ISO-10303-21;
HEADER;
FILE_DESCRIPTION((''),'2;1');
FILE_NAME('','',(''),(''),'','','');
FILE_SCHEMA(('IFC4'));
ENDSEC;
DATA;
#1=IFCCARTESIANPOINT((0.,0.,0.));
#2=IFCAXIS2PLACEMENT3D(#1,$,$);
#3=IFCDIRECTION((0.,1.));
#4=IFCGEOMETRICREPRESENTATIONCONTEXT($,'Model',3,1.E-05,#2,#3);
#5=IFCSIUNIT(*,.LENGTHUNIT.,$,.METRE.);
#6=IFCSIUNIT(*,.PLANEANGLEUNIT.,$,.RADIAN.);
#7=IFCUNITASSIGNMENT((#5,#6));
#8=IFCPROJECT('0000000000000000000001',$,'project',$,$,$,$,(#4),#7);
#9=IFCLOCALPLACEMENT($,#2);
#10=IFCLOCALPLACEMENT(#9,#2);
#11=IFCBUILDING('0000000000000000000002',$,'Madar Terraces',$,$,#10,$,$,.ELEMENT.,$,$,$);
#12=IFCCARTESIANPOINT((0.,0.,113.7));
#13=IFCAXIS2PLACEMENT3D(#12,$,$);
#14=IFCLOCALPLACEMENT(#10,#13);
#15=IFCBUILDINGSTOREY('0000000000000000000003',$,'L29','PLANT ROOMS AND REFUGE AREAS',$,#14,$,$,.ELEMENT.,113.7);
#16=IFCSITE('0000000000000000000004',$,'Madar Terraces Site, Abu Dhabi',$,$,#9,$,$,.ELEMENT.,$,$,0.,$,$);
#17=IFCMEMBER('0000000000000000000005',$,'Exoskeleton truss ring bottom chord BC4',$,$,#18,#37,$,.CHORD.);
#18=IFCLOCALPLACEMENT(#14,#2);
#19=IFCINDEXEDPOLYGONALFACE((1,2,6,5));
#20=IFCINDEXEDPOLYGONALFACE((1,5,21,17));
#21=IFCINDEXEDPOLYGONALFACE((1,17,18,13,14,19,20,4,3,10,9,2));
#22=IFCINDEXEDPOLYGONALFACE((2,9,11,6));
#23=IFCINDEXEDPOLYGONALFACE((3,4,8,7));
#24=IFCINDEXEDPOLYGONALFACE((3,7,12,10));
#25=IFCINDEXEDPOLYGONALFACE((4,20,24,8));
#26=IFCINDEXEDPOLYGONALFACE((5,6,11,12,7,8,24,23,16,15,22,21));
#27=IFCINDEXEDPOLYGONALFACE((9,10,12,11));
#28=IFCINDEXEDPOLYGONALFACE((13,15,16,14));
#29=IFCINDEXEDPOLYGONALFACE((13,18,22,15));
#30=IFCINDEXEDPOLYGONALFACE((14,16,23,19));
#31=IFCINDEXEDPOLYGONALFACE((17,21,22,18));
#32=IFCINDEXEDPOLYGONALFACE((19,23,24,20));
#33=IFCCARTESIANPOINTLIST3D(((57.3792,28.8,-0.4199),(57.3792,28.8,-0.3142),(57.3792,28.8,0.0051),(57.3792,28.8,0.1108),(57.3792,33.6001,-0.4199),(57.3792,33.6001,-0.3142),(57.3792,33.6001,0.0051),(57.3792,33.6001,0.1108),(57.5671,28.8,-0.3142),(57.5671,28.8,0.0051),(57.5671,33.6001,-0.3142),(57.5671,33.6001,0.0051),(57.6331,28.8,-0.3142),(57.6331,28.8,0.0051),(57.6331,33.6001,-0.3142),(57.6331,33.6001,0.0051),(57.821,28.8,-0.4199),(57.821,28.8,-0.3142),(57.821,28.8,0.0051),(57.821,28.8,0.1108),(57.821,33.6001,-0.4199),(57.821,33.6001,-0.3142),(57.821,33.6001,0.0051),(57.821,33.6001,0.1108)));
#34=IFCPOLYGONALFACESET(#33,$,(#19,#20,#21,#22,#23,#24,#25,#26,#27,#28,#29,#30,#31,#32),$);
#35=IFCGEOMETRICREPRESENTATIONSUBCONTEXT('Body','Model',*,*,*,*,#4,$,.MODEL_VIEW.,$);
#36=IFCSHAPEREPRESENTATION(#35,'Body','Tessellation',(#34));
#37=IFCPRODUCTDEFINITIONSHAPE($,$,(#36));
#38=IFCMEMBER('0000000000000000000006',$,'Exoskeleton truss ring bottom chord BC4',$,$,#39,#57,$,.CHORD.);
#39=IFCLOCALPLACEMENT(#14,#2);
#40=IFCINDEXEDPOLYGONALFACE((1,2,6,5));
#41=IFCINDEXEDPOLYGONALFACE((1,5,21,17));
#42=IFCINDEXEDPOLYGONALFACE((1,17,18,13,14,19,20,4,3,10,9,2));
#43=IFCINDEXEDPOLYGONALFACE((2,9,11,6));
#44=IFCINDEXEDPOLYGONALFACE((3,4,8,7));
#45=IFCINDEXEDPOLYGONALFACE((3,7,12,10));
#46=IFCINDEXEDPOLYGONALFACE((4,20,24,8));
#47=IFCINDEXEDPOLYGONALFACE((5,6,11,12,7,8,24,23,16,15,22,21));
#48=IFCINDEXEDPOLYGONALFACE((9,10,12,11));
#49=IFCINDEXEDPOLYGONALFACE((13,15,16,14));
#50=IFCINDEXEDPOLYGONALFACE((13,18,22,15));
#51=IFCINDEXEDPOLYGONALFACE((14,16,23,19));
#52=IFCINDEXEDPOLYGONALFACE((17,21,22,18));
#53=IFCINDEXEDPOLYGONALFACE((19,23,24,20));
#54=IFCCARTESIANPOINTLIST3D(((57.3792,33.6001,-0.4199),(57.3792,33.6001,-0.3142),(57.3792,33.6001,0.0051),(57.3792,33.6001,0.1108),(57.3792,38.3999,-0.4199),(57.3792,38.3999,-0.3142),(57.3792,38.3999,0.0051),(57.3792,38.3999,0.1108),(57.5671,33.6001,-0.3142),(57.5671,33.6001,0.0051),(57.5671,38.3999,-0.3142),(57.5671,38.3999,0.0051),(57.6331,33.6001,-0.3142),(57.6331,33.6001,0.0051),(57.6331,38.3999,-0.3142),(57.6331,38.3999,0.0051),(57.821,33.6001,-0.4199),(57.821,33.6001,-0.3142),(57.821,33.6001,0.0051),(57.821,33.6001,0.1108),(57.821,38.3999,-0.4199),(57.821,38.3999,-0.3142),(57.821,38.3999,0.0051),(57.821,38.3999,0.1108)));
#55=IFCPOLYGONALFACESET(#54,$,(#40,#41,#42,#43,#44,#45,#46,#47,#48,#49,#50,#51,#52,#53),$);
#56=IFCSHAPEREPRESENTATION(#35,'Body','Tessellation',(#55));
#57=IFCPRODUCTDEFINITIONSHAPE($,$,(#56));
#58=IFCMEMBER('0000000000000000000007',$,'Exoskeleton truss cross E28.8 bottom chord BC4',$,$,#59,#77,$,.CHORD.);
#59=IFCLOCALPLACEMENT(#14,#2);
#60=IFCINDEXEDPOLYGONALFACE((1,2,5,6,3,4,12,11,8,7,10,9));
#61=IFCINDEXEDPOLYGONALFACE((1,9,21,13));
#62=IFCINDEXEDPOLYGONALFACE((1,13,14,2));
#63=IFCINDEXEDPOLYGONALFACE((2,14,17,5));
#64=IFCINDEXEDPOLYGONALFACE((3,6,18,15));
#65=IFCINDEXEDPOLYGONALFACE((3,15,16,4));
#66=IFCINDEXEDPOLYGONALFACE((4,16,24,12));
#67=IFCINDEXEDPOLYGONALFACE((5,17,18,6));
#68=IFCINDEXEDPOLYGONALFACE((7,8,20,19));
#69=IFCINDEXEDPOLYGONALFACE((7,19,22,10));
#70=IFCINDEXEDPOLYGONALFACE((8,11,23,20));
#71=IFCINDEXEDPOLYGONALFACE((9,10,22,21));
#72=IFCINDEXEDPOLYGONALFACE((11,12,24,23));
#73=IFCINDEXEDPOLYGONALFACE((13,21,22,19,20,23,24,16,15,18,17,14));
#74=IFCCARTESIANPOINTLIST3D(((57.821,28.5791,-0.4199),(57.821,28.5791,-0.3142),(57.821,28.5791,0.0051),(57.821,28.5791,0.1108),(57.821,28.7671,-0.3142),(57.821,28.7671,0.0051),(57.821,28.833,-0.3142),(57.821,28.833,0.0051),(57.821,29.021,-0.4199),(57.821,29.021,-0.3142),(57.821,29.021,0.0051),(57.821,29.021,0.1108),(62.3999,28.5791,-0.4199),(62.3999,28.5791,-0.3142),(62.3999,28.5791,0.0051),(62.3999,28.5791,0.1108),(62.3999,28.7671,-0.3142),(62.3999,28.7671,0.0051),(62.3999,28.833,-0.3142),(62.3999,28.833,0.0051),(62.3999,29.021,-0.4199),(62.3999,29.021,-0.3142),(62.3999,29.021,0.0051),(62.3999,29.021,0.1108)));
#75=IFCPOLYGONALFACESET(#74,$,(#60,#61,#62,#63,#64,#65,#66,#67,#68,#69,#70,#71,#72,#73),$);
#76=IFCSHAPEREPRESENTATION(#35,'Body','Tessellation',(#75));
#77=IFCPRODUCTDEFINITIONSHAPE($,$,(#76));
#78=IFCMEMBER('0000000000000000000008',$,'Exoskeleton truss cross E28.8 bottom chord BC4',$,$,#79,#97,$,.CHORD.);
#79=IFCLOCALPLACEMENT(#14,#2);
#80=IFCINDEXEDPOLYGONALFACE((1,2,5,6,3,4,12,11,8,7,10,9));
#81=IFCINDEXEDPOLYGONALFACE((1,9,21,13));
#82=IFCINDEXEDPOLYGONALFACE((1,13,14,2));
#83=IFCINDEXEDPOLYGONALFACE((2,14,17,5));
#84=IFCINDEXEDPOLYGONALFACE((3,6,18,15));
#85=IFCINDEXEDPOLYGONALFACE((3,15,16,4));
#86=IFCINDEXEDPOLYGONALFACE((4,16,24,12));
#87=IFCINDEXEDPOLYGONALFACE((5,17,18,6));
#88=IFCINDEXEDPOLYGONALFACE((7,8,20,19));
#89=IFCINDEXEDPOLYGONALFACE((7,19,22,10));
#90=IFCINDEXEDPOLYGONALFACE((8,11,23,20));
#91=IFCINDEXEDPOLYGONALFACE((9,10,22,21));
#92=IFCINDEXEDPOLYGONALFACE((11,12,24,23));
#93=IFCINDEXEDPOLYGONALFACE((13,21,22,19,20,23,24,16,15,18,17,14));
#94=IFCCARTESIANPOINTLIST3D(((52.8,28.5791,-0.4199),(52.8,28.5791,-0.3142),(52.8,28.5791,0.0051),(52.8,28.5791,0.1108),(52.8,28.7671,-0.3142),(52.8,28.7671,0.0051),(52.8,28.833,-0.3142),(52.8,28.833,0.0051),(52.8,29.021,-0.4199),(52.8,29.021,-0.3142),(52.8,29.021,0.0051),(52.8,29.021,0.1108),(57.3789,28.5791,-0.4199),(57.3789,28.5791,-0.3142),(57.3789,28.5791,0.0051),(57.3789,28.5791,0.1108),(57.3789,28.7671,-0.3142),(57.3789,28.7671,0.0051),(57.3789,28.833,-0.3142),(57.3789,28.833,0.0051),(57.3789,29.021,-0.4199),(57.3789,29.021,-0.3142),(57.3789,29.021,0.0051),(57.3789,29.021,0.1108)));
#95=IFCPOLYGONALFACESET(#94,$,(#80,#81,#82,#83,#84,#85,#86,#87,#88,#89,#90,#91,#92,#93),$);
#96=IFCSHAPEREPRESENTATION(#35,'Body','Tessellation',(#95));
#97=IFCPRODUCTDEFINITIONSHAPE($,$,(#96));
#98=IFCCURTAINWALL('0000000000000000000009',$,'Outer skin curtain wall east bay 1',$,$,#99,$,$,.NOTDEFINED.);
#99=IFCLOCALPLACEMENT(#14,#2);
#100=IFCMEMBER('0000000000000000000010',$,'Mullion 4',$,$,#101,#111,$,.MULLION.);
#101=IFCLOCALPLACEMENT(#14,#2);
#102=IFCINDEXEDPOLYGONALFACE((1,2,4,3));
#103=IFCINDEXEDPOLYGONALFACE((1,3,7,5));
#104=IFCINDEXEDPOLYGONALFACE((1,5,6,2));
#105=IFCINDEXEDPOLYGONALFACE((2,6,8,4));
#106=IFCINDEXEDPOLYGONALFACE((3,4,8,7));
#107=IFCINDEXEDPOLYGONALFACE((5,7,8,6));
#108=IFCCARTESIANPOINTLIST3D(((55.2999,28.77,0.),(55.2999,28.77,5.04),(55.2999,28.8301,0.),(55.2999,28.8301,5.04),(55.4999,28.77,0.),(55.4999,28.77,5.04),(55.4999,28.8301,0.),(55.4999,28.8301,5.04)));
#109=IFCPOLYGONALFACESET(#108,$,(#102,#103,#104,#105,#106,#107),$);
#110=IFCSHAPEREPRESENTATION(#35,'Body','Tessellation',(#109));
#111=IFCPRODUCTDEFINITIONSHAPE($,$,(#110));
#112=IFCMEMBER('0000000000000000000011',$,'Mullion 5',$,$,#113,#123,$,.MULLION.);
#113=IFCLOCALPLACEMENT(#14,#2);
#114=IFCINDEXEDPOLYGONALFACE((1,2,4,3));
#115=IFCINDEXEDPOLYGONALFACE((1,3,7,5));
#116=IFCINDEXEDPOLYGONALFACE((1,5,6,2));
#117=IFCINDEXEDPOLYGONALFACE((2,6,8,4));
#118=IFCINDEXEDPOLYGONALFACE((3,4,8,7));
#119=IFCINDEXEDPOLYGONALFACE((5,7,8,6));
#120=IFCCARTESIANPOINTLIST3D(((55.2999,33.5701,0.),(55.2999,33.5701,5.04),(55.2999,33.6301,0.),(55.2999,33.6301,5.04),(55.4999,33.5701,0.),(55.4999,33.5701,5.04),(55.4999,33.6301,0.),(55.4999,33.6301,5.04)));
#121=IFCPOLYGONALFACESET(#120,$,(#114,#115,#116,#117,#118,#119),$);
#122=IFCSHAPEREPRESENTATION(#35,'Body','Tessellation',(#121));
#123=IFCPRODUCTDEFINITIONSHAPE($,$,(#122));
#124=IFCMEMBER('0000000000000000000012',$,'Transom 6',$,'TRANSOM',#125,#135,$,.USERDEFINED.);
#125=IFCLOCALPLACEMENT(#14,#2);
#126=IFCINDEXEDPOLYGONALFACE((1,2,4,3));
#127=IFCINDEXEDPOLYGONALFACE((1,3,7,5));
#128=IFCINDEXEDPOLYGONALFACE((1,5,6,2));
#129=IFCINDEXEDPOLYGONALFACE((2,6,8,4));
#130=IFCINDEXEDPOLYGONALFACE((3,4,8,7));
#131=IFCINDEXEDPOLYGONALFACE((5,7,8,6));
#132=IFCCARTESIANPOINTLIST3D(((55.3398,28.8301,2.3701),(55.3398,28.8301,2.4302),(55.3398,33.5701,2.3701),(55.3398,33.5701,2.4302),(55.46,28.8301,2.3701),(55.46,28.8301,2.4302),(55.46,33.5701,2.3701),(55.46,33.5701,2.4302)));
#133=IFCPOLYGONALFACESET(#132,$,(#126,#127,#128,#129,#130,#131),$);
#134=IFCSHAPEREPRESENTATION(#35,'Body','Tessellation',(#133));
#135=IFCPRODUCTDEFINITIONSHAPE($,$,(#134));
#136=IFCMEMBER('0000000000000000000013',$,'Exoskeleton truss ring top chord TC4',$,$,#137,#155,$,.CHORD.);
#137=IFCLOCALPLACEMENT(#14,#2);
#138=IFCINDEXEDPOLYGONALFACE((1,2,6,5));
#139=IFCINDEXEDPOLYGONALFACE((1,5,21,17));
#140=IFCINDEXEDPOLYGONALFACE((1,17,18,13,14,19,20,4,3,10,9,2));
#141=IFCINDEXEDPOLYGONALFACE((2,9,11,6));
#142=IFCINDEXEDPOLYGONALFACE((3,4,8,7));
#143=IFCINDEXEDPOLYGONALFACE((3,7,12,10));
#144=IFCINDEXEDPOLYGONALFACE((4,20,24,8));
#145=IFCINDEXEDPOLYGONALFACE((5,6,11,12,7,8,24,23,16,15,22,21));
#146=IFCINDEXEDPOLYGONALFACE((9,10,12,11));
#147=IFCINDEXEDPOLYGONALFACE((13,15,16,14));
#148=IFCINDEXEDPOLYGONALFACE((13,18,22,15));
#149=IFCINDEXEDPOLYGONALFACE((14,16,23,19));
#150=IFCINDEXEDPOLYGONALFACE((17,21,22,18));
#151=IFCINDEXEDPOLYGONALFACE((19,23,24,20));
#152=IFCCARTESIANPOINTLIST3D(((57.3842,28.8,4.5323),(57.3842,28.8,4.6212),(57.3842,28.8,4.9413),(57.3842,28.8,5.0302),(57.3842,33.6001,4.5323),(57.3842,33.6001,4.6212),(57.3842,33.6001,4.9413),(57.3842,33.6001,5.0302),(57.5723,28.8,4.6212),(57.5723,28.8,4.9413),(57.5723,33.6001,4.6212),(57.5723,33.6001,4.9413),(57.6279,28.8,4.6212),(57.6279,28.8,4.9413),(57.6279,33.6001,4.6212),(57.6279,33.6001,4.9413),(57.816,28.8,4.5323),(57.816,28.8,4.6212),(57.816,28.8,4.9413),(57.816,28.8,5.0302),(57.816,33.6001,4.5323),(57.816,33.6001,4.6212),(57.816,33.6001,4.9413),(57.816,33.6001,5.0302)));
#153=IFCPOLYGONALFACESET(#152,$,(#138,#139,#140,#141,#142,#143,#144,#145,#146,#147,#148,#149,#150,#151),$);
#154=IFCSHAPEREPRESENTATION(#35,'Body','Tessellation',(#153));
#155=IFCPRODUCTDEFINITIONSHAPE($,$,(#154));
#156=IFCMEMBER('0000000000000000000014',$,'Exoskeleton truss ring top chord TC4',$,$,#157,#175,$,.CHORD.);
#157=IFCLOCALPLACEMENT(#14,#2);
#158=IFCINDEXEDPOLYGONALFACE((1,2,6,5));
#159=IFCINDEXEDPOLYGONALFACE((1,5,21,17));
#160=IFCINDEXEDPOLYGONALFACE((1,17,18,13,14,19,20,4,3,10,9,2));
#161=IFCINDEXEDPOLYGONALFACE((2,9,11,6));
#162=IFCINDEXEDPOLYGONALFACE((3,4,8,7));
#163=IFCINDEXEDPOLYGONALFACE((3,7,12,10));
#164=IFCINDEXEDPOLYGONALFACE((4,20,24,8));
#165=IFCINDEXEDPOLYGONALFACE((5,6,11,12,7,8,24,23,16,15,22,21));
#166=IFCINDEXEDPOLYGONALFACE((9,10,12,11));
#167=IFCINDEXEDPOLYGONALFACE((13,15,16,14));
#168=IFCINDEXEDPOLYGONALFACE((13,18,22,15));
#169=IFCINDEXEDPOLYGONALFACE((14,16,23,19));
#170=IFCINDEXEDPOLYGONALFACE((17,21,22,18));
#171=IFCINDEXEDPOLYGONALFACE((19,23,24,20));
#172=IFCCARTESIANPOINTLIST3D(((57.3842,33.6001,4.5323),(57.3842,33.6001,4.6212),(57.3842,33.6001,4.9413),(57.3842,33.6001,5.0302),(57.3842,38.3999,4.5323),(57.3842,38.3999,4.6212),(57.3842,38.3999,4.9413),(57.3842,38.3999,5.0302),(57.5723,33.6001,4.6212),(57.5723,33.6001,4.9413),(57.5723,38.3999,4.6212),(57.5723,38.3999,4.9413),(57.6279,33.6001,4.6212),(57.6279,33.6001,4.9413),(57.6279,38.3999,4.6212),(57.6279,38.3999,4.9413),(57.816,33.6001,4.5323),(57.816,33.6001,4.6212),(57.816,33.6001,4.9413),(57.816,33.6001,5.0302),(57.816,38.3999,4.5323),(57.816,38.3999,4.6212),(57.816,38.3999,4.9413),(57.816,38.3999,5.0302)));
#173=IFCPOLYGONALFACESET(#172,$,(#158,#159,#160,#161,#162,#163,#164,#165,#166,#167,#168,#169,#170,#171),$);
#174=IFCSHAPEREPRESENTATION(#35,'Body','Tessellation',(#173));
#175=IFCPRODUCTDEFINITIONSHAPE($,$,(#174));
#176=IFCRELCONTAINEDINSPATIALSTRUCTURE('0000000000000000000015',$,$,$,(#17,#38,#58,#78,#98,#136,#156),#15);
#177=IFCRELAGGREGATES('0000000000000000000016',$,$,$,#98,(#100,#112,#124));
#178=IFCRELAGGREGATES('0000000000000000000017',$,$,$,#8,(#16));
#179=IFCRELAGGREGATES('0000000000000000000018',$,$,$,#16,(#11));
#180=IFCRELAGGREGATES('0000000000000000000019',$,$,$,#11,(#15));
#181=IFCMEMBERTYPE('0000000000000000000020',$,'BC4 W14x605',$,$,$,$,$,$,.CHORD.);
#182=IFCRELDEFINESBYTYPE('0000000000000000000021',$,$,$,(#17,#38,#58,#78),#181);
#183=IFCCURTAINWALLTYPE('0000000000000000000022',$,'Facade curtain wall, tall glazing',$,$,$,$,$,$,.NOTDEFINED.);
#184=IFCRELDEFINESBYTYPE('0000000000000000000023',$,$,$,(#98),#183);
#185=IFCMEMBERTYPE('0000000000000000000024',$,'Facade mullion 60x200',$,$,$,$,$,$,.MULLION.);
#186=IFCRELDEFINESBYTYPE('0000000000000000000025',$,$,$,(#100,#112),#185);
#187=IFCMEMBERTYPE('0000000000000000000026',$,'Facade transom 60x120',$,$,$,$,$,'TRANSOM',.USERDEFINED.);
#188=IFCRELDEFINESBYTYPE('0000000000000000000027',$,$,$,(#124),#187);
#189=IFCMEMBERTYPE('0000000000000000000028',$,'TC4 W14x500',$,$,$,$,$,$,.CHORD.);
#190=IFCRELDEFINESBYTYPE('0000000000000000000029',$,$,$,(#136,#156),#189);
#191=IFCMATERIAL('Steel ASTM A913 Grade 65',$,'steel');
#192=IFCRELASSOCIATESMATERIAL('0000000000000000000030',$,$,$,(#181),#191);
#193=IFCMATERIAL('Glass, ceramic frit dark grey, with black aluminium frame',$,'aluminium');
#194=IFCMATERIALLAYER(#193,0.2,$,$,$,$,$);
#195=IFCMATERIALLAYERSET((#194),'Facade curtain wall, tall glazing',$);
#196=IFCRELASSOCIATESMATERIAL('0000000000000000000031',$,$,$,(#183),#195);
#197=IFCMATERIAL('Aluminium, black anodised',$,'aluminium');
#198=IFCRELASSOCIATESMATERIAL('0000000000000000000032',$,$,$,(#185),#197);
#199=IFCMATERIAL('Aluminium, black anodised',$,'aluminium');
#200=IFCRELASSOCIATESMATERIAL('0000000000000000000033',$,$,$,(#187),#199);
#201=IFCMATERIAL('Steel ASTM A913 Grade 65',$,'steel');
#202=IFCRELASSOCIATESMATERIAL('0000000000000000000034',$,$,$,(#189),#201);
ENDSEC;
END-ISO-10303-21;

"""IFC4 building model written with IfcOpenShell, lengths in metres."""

from ifc_helpers import new_model, si_unit, direction, frame, origin, origin_2d, place, context, subcontext, project, spatial, rectangle, i_section, extrude, material, layer, layer_set, material_profile, profile_set, type_object, element, aggregate, save


model = new_model("IFC4")

# Units and contexts
model_context = context("Model", 3, precision=1e-05, world=origin(), true_north=direction((0.0, 1.0)))
body_context = subcontext(model_context, "Body", "Model", "MODEL_VIEW")
ifc_project = project(units=[si_unit("LENGTHUNIT", "METRE"), si_unit("PLANEANGLEUNIT", "RADIAN")], contexts=[model_context])

# Site, building, storey
site_placement = place(None, origin())
site = spatial("IfcSite", under=ifc_project, at=site_placement, Name="Madar Terraces Site, Abu Dhabi", CompositionType="ELEMENT", RefElevation=0.0)
building_placement = place(site_placement, origin())
building = spatial("IfcBuilding", under=site, at=building_placement, Name="Madar Terraces", CompositionType="ELEMENT")
storey_placement = place(building_placement, frame((0.0, 0.0, 113.7)))
storey = spatial("IfcBuildingStorey", under=building, at=storey_placement, Name="L29", Description="PLANT ROOMS AND REFUGE AREAS", CompositionType="ELEMENT", Elevation=113.7)

# Members
ifc_material_1 = material(Name="Steel ASTM A913 Grade 65", Category="steel")
ifc_material_profile_1 = material_profile(ifc_material_1, i_section(OverallWidth=0.4419, OverallDepth=0.5308, WebThickness=0.0659, FlangeThickness=0.1057, at=origin_2d()), Name="W14x605")
ifc_profile_set_1 = profile_set([ifc_material_profile_1], Name="Steel ASTM A913 Grade 65")
member_type_1 = type_object("IfcMemberType", Name="BC4 W14x605", PredefinedType="CHORD", material=ifc_profile_set_1)
member_1_placement = place(storey_placement, frame((57.6001, 28.8, -0.1545), z_axis=(0.0, 1.0, 0.0), x_axis=(-1.0, 0.0, 0.0)))
element("IfcMember", 1, at=member_1_placement, inside=storey, type_object=member_type_1, Name="Exoskeleton truss ring bottom chord BC4", PredefinedType="CHORD", context=body_context, shape_type="SweptSolid", body=[
    extrude(i_section(OverallWidth=0.4419, OverallDepth=0.5308, WebThickness=0.0659, FlangeThickness=0.1057, at=origin_2d()), origin(), (0.0, 0.0, 1.0), 4.8),
])
member_2_placement = place(storey_placement, frame((57.6001, 33.6001, -0.1545), z_axis=(0.0, 1.0, 0.0), x_axis=(-1.0, 0.0, 0.0)))
element("IfcMember", 2, at=member_2_placement, inside=storey, type_object=member_type_1, Name="Exoskeleton truss ring bottom chord BC4", PredefinedType="CHORD", context=body_context, shape_type="SweptSolid", body=[
    extrude(i_section(OverallWidth=0.4419, OverallDepth=0.5308, WebThickness=0.0659, FlangeThickness=0.1057, at=origin_2d()), origin(), (0.0, 0.0, 1.0), 4.7998),
])
for number, where, z_axis, x_axis, name in (
    (3, (62.3999, 28.8, -0.1545), (-1.0, 0.0, 0.0), (0.0, -1.0, 0.0), "Exoskeleton truss cross E28.8 bottom chord BC4"),
    (4, (57.3789, 28.8, -0.1545), (-1.0, 0.0, 0.0), (0.0, -1.0, 0.0), "Exoskeleton truss cross E28.8 bottom chord BC4"),
):
    element("IfcMember", number, at=place(storey_placement, frame(where, z_axis=z_axis, x_axis=x_axis)), inside=storey, type_object=member_type_1, Name=name, PredefinedType="CHORD", context=body_context, shape_type="SweptSolid", body=[
        extrude(i_section(OverallWidth=0.4419, OverallDepth=0.5308, WebThickness=0.0659, FlangeThickness=0.1057, at=origin_2d()), origin(), (0.0, 0.0, 1.0), 4.5789),
    ])

# Curtain wall, members
ifc_material_2 = material(Name="Glass, ceramic frit dark grey, with black aluminium frame", Category="aluminium")
ifc_layer_1 = layer(ifc_material_2, 0.2)
ifc_layer_set_1 = layer_set([ifc_layer_1], Name="Facade curtain wall, tall glazing")
curtain_wall_type = type_object("IfcCurtainWallType", Name="Facade curtain wall, tall glazing", PredefinedType="NOTDEFINED", material=ifc_layer_set_1)
curtain_wall_placement = place(storey_placement, origin())
curtain_wall = element("IfcCurtainWall", 5, at=curtain_wall_placement, inside=storey, type_object=curtain_wall_type, Name="Outer skin curtain wall east bay 1", PredefinedType="NOTDEFINED")
ifc_material_3 = material(Name="Aluminium, black anodised", Category="aluminium")
ifc_material_profile_2 = material_profile(ifc_material_3, rectangle(XDim=0.2, YDim=0.0601, at=origin_2d()), Name="Facade mullion 60x200")
ifc_profile_set_2 = profile_set([ifc_material_profile_2], Name="Aluminium, black anodised")
member_type_2 = type_object("IfcMemberType", Name="Facade mullion 60x200", PredefinedType="MULLION", material=ifc_profile_set_2)
member_3_placement = place(storey_placement, frame((55.3999, 28.8, 0.0), z_axis=(0.0, 0.0, 1.0), x_axis=(-1.0, 0.0, 0.0)))
member_3 = element("IfcMember", 6, at=member_3_placement, type_object=member_type_2, Name="Mullion 4", PredefinedType="MULLION", context=body_context, shape_type="SweptSolid", body=[
    extrude(rectangle(XDim=0.2, YDim=0.0601, at=origin_2d()), origin(), (0.0, 0.0, 1.0), 5.04),
])
member_4_placement = place(storey_placement, frame((55.3999, 33.6001, 0.0), z_axis=(0.0, 0.0, 1.0), x_axis=(-1.0, 0.0, 0.0)))
member_4 = element("IfcMember", 7, at=member_4_placement, type_object=member_type_2, Name="Mullion 5", PredefinedType="MULLION", context=body_context, shape_type="SweptSolid", body=[
    extrude(rectangle(XDim=0.2, YDim=0.0601, at=origin_2d()), origin(), (0.0, 0.0, 1.0), 5.04),
])
ifc_material_4 = material(Name="Aluminium, black anodised", Category="aluminium")
ifc_material_profile_3 = material_profile(ifc_material_4, rectangle(XDim=0.1201, YDim=0.0601, at=origin_2d()), Name="Facade transom 60x120")
ifc_profile_set_3 = profile_set([ifc_material_profile_3], Name="Aluminium, black anodised")
member_type_3 = type_object("IfcMemberType", Name="Facade transom 60x120", ElementType="TRANSOM", PredefinedType="USERDEFINED", material=ifc_profile_set_3)
member_5_placement = place(storey_placement, frame((55.3999, 28.8301, 2.4001), z_axis=(0.0, 1.0, 0.0), x_axis=(-1.0, 0.0, 0.0)))
member_5 = element("IfcMember", 8, at=member_5_placement, type_object=member_type_3, Name="Transom 6", ObjectType="TRANSOM", PredefinedType="USERDEFINED", context=body_context, shape_type="SweptSolid", body=[
    extrude(rectangle(XDim=0.1201, YDim=0.0601, at=origin_2d()), origin(), (0.0, 0.0, 1.0), 4.74),
])

# Members
ifc_material_5 = material(Name="Steel ASTM A913 Grade 65", Category="steel")
ifc_material_profile_4 = material_profile(ifc_material_5, i_section(OverallWidth=0.4319, OverallDepth=0.4978, WebThickness=0.0557, FlangeThickness=0.0889, at=origin_2d()), Name="W14x500")
ifc_profile_set_4 = profile_set([ifc_material_profile_4], Name="Steel ASTM A913 Grade 65")
member_type_4 = type_object("IfcMemberType", Name="TC4 W14x500", PredefinedType="CHORD", material=ifc_profile_set_4)
member_6_placement = place(storey_placement, frame((57.6001, 28.8, 4.7812), z_axis=(0.0, 1.0, 0.0), x_axis=(-1.0, 0.0, 0.0)))
element("IfcMember", 9, at=member_6_placement, inside=storey, type_object=member_type_4, Name="Exoskeleton truss ring top chord TC4", PredefinedType="CHORD", context=body_context, shape_type="SweptSolid", body=[
    extrude(i_section(OverallWidth=0.4319, OverallDepth=0.4978, WebThickness=0.0557, FlangeThickness=0.0889, at=origin_2d()), origin(), (0.0, 0.0, 1.0), 4.8),
])
member_7_placement = place(storey_placement, frame((57.6001, 33.6001, 4.7812), z_axis=(0.0, 1.0, 0.0), x_axis=(-1.0, 0.0, 0.0)))
element("IfcMember", 10, at=member_7_placement, inside=storey, type_object=member_type_4, Name="Exoskeleton truss ring top chord TC4", PredefinedType="CHORD", context=body_context, shape_type="SweptSolid", body=[
    extrude(i_section(OverallWidth=0.4319, OverallDepth=0.4978, WebThickness=0.0557, FlangeThickness=0.0889, at=origin_2d()), origin(), (0.0, 0.0, 1.0), 4.7998),
])

aggregate(curtain_wall, [member_3, member_4, member_5])

save(model, "model.ifc")
